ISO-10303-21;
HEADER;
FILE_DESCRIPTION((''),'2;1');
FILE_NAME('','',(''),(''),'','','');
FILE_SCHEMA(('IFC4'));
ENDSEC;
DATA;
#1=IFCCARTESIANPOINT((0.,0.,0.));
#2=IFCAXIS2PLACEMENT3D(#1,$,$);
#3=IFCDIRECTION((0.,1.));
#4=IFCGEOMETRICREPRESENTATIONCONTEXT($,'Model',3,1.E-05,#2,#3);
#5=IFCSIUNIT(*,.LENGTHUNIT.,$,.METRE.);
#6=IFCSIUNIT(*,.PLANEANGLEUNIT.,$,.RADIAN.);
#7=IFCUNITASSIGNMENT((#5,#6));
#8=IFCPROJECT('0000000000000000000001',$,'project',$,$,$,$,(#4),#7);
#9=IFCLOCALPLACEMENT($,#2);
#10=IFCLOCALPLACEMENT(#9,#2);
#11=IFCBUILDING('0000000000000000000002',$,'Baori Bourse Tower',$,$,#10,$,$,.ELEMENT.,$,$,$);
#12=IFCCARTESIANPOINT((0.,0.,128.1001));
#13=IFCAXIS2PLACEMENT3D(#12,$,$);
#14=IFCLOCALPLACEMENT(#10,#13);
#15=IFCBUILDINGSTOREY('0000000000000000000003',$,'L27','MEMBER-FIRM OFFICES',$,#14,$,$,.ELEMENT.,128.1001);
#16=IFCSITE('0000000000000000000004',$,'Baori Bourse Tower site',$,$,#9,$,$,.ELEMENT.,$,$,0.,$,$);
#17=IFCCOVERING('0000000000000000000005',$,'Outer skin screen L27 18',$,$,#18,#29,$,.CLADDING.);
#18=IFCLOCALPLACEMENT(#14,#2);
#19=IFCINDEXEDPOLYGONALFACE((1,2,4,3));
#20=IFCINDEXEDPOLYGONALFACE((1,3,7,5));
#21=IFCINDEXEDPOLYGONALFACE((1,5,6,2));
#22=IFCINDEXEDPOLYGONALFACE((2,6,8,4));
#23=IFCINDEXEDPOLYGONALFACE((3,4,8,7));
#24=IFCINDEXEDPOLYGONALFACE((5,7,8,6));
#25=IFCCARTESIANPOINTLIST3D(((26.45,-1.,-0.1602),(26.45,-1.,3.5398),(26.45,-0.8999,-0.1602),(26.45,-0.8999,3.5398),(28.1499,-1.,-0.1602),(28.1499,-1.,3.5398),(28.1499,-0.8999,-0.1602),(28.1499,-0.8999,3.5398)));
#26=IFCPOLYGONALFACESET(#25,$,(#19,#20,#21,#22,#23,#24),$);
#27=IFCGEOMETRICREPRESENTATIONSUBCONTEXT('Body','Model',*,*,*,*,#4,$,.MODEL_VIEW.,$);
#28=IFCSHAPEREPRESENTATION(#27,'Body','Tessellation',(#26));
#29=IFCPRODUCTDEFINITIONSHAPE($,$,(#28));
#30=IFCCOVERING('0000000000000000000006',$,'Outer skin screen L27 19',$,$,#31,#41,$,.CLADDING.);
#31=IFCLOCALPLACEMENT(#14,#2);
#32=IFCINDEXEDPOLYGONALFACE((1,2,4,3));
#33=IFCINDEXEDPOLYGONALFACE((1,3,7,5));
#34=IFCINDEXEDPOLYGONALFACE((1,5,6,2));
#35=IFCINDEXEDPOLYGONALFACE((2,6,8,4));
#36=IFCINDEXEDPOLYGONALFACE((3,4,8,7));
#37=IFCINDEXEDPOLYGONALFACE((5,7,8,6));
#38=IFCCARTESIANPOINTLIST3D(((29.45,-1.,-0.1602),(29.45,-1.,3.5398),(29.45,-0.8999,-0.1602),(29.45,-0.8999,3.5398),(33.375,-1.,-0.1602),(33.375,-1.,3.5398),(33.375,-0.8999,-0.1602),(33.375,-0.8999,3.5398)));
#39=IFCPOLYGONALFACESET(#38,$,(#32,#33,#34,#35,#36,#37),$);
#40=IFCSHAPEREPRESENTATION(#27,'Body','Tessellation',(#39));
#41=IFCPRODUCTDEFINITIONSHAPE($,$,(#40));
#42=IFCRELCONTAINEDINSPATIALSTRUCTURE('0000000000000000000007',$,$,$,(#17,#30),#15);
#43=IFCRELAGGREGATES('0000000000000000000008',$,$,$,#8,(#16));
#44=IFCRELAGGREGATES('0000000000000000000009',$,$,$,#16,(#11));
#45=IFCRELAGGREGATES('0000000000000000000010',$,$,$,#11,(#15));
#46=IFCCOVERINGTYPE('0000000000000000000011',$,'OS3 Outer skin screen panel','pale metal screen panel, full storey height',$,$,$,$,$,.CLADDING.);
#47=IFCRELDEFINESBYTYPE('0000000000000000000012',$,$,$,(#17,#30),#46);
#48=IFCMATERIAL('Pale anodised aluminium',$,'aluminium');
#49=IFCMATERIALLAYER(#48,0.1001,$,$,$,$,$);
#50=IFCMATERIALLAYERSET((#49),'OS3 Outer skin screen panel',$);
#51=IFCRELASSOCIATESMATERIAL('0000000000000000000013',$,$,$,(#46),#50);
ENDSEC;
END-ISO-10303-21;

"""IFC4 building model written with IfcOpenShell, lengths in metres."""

from ifc_helpers import new_model, si_unit, direction, frame, origin, place, context, subcontext, project, spatial, polyline, outline, extrude, material, layer, layer_set, type_object, element, save


model = new_model("IFC4")

# Units and contexts
model_context = context("Model", 3, precision=1e-05, world=origin(), true_north=direction((0.0, 1.0)))
body_context = subcontext(model_context, "Body", "Model", "MODEL_VIEW")
ifc_project = project(units=[si_unit("LENGTHUNIT", "METRE"), si_unit("PLANEANGLEUNIT", "RADIAN")], contexts=[model_context])

# Site, building, storey
site_placement = place(None, origin())
site = spatial("IfcSite", under=ifc_project, at=site_placement, Name="Baori Bourse Tower site", CompositionType="ELEMENT", RefElevation=0.0)
building_placement = place(site_placement, origin())
building = spatial("IfcBuilding", under=site, at=building_placement, Name="Baori Bourse Tower", CompositionType="ELEMENT")
storey_placement = place(building_placement, frame((0.0, 0.0, 128.1001)))
storey = spatial("IfcBuildingStorey", under=building, at=storey_placement, Name="L27", Description="MEMBER-FIRM OFFICES", CompositionType="ELEMENT", Elevation=128.1001)

# Coverings
ifc_material_1 = material(Name="Pale anodised aluminium", Category="aluminium")
ifc_layer_1 = layer(ifc_material_1, 0.1001)
ifc_layer_set_1 = layer_set([ifc_layer_1], Name="OS3 Outer skin screen panel")
covering_type = type_object("IfcCoveringType", Name="OS3 Outer skin screen panel", Description="pale metal screen panel, full storey height", PredefinedType="CLADDING", material=ifc_layer_set_1)
covering_1_placement = place(storey_placement, frame((0.0, 0.0, -0.1602)))
element("IfcCovering", 1, at=covering_1_placement, inside=storey, type_object=covering_type, Name="Outer skin screen L27 18", PredefinedType="CLADDING", context=body_context, shape_type="SweptSolid", body=[
    extrude(outline(polyline([(28.1499, -0.8999), (26.45, -0.8999), (26.45, -1.0), (28.1499, -1.0), (28.1499, -0.8999)])), origin(), (0.0, 0.0, 1.0), 3.7),
])
covering_2_placement = place(storey_placement, frame((0.0, 0.0, -0.1602)))
element("IfcCovering", 2, at=covering_2_placement, inside=storey, type_object=covering_type, Name="Outer skin screen L27 19", PredefinedType="CLADDING", context=body_context, shape_type="SweptSolid", body=[
    extrude(outline(polyline([(33.375, -0.8999), (29.45, -0.8999), (29.45, -1.0), (33.375, -1.0), (33.375, -0.8999)])), origin(), (0.0, 0.0, 1.0), 3.7),
])

save(model, "model.ifc")
